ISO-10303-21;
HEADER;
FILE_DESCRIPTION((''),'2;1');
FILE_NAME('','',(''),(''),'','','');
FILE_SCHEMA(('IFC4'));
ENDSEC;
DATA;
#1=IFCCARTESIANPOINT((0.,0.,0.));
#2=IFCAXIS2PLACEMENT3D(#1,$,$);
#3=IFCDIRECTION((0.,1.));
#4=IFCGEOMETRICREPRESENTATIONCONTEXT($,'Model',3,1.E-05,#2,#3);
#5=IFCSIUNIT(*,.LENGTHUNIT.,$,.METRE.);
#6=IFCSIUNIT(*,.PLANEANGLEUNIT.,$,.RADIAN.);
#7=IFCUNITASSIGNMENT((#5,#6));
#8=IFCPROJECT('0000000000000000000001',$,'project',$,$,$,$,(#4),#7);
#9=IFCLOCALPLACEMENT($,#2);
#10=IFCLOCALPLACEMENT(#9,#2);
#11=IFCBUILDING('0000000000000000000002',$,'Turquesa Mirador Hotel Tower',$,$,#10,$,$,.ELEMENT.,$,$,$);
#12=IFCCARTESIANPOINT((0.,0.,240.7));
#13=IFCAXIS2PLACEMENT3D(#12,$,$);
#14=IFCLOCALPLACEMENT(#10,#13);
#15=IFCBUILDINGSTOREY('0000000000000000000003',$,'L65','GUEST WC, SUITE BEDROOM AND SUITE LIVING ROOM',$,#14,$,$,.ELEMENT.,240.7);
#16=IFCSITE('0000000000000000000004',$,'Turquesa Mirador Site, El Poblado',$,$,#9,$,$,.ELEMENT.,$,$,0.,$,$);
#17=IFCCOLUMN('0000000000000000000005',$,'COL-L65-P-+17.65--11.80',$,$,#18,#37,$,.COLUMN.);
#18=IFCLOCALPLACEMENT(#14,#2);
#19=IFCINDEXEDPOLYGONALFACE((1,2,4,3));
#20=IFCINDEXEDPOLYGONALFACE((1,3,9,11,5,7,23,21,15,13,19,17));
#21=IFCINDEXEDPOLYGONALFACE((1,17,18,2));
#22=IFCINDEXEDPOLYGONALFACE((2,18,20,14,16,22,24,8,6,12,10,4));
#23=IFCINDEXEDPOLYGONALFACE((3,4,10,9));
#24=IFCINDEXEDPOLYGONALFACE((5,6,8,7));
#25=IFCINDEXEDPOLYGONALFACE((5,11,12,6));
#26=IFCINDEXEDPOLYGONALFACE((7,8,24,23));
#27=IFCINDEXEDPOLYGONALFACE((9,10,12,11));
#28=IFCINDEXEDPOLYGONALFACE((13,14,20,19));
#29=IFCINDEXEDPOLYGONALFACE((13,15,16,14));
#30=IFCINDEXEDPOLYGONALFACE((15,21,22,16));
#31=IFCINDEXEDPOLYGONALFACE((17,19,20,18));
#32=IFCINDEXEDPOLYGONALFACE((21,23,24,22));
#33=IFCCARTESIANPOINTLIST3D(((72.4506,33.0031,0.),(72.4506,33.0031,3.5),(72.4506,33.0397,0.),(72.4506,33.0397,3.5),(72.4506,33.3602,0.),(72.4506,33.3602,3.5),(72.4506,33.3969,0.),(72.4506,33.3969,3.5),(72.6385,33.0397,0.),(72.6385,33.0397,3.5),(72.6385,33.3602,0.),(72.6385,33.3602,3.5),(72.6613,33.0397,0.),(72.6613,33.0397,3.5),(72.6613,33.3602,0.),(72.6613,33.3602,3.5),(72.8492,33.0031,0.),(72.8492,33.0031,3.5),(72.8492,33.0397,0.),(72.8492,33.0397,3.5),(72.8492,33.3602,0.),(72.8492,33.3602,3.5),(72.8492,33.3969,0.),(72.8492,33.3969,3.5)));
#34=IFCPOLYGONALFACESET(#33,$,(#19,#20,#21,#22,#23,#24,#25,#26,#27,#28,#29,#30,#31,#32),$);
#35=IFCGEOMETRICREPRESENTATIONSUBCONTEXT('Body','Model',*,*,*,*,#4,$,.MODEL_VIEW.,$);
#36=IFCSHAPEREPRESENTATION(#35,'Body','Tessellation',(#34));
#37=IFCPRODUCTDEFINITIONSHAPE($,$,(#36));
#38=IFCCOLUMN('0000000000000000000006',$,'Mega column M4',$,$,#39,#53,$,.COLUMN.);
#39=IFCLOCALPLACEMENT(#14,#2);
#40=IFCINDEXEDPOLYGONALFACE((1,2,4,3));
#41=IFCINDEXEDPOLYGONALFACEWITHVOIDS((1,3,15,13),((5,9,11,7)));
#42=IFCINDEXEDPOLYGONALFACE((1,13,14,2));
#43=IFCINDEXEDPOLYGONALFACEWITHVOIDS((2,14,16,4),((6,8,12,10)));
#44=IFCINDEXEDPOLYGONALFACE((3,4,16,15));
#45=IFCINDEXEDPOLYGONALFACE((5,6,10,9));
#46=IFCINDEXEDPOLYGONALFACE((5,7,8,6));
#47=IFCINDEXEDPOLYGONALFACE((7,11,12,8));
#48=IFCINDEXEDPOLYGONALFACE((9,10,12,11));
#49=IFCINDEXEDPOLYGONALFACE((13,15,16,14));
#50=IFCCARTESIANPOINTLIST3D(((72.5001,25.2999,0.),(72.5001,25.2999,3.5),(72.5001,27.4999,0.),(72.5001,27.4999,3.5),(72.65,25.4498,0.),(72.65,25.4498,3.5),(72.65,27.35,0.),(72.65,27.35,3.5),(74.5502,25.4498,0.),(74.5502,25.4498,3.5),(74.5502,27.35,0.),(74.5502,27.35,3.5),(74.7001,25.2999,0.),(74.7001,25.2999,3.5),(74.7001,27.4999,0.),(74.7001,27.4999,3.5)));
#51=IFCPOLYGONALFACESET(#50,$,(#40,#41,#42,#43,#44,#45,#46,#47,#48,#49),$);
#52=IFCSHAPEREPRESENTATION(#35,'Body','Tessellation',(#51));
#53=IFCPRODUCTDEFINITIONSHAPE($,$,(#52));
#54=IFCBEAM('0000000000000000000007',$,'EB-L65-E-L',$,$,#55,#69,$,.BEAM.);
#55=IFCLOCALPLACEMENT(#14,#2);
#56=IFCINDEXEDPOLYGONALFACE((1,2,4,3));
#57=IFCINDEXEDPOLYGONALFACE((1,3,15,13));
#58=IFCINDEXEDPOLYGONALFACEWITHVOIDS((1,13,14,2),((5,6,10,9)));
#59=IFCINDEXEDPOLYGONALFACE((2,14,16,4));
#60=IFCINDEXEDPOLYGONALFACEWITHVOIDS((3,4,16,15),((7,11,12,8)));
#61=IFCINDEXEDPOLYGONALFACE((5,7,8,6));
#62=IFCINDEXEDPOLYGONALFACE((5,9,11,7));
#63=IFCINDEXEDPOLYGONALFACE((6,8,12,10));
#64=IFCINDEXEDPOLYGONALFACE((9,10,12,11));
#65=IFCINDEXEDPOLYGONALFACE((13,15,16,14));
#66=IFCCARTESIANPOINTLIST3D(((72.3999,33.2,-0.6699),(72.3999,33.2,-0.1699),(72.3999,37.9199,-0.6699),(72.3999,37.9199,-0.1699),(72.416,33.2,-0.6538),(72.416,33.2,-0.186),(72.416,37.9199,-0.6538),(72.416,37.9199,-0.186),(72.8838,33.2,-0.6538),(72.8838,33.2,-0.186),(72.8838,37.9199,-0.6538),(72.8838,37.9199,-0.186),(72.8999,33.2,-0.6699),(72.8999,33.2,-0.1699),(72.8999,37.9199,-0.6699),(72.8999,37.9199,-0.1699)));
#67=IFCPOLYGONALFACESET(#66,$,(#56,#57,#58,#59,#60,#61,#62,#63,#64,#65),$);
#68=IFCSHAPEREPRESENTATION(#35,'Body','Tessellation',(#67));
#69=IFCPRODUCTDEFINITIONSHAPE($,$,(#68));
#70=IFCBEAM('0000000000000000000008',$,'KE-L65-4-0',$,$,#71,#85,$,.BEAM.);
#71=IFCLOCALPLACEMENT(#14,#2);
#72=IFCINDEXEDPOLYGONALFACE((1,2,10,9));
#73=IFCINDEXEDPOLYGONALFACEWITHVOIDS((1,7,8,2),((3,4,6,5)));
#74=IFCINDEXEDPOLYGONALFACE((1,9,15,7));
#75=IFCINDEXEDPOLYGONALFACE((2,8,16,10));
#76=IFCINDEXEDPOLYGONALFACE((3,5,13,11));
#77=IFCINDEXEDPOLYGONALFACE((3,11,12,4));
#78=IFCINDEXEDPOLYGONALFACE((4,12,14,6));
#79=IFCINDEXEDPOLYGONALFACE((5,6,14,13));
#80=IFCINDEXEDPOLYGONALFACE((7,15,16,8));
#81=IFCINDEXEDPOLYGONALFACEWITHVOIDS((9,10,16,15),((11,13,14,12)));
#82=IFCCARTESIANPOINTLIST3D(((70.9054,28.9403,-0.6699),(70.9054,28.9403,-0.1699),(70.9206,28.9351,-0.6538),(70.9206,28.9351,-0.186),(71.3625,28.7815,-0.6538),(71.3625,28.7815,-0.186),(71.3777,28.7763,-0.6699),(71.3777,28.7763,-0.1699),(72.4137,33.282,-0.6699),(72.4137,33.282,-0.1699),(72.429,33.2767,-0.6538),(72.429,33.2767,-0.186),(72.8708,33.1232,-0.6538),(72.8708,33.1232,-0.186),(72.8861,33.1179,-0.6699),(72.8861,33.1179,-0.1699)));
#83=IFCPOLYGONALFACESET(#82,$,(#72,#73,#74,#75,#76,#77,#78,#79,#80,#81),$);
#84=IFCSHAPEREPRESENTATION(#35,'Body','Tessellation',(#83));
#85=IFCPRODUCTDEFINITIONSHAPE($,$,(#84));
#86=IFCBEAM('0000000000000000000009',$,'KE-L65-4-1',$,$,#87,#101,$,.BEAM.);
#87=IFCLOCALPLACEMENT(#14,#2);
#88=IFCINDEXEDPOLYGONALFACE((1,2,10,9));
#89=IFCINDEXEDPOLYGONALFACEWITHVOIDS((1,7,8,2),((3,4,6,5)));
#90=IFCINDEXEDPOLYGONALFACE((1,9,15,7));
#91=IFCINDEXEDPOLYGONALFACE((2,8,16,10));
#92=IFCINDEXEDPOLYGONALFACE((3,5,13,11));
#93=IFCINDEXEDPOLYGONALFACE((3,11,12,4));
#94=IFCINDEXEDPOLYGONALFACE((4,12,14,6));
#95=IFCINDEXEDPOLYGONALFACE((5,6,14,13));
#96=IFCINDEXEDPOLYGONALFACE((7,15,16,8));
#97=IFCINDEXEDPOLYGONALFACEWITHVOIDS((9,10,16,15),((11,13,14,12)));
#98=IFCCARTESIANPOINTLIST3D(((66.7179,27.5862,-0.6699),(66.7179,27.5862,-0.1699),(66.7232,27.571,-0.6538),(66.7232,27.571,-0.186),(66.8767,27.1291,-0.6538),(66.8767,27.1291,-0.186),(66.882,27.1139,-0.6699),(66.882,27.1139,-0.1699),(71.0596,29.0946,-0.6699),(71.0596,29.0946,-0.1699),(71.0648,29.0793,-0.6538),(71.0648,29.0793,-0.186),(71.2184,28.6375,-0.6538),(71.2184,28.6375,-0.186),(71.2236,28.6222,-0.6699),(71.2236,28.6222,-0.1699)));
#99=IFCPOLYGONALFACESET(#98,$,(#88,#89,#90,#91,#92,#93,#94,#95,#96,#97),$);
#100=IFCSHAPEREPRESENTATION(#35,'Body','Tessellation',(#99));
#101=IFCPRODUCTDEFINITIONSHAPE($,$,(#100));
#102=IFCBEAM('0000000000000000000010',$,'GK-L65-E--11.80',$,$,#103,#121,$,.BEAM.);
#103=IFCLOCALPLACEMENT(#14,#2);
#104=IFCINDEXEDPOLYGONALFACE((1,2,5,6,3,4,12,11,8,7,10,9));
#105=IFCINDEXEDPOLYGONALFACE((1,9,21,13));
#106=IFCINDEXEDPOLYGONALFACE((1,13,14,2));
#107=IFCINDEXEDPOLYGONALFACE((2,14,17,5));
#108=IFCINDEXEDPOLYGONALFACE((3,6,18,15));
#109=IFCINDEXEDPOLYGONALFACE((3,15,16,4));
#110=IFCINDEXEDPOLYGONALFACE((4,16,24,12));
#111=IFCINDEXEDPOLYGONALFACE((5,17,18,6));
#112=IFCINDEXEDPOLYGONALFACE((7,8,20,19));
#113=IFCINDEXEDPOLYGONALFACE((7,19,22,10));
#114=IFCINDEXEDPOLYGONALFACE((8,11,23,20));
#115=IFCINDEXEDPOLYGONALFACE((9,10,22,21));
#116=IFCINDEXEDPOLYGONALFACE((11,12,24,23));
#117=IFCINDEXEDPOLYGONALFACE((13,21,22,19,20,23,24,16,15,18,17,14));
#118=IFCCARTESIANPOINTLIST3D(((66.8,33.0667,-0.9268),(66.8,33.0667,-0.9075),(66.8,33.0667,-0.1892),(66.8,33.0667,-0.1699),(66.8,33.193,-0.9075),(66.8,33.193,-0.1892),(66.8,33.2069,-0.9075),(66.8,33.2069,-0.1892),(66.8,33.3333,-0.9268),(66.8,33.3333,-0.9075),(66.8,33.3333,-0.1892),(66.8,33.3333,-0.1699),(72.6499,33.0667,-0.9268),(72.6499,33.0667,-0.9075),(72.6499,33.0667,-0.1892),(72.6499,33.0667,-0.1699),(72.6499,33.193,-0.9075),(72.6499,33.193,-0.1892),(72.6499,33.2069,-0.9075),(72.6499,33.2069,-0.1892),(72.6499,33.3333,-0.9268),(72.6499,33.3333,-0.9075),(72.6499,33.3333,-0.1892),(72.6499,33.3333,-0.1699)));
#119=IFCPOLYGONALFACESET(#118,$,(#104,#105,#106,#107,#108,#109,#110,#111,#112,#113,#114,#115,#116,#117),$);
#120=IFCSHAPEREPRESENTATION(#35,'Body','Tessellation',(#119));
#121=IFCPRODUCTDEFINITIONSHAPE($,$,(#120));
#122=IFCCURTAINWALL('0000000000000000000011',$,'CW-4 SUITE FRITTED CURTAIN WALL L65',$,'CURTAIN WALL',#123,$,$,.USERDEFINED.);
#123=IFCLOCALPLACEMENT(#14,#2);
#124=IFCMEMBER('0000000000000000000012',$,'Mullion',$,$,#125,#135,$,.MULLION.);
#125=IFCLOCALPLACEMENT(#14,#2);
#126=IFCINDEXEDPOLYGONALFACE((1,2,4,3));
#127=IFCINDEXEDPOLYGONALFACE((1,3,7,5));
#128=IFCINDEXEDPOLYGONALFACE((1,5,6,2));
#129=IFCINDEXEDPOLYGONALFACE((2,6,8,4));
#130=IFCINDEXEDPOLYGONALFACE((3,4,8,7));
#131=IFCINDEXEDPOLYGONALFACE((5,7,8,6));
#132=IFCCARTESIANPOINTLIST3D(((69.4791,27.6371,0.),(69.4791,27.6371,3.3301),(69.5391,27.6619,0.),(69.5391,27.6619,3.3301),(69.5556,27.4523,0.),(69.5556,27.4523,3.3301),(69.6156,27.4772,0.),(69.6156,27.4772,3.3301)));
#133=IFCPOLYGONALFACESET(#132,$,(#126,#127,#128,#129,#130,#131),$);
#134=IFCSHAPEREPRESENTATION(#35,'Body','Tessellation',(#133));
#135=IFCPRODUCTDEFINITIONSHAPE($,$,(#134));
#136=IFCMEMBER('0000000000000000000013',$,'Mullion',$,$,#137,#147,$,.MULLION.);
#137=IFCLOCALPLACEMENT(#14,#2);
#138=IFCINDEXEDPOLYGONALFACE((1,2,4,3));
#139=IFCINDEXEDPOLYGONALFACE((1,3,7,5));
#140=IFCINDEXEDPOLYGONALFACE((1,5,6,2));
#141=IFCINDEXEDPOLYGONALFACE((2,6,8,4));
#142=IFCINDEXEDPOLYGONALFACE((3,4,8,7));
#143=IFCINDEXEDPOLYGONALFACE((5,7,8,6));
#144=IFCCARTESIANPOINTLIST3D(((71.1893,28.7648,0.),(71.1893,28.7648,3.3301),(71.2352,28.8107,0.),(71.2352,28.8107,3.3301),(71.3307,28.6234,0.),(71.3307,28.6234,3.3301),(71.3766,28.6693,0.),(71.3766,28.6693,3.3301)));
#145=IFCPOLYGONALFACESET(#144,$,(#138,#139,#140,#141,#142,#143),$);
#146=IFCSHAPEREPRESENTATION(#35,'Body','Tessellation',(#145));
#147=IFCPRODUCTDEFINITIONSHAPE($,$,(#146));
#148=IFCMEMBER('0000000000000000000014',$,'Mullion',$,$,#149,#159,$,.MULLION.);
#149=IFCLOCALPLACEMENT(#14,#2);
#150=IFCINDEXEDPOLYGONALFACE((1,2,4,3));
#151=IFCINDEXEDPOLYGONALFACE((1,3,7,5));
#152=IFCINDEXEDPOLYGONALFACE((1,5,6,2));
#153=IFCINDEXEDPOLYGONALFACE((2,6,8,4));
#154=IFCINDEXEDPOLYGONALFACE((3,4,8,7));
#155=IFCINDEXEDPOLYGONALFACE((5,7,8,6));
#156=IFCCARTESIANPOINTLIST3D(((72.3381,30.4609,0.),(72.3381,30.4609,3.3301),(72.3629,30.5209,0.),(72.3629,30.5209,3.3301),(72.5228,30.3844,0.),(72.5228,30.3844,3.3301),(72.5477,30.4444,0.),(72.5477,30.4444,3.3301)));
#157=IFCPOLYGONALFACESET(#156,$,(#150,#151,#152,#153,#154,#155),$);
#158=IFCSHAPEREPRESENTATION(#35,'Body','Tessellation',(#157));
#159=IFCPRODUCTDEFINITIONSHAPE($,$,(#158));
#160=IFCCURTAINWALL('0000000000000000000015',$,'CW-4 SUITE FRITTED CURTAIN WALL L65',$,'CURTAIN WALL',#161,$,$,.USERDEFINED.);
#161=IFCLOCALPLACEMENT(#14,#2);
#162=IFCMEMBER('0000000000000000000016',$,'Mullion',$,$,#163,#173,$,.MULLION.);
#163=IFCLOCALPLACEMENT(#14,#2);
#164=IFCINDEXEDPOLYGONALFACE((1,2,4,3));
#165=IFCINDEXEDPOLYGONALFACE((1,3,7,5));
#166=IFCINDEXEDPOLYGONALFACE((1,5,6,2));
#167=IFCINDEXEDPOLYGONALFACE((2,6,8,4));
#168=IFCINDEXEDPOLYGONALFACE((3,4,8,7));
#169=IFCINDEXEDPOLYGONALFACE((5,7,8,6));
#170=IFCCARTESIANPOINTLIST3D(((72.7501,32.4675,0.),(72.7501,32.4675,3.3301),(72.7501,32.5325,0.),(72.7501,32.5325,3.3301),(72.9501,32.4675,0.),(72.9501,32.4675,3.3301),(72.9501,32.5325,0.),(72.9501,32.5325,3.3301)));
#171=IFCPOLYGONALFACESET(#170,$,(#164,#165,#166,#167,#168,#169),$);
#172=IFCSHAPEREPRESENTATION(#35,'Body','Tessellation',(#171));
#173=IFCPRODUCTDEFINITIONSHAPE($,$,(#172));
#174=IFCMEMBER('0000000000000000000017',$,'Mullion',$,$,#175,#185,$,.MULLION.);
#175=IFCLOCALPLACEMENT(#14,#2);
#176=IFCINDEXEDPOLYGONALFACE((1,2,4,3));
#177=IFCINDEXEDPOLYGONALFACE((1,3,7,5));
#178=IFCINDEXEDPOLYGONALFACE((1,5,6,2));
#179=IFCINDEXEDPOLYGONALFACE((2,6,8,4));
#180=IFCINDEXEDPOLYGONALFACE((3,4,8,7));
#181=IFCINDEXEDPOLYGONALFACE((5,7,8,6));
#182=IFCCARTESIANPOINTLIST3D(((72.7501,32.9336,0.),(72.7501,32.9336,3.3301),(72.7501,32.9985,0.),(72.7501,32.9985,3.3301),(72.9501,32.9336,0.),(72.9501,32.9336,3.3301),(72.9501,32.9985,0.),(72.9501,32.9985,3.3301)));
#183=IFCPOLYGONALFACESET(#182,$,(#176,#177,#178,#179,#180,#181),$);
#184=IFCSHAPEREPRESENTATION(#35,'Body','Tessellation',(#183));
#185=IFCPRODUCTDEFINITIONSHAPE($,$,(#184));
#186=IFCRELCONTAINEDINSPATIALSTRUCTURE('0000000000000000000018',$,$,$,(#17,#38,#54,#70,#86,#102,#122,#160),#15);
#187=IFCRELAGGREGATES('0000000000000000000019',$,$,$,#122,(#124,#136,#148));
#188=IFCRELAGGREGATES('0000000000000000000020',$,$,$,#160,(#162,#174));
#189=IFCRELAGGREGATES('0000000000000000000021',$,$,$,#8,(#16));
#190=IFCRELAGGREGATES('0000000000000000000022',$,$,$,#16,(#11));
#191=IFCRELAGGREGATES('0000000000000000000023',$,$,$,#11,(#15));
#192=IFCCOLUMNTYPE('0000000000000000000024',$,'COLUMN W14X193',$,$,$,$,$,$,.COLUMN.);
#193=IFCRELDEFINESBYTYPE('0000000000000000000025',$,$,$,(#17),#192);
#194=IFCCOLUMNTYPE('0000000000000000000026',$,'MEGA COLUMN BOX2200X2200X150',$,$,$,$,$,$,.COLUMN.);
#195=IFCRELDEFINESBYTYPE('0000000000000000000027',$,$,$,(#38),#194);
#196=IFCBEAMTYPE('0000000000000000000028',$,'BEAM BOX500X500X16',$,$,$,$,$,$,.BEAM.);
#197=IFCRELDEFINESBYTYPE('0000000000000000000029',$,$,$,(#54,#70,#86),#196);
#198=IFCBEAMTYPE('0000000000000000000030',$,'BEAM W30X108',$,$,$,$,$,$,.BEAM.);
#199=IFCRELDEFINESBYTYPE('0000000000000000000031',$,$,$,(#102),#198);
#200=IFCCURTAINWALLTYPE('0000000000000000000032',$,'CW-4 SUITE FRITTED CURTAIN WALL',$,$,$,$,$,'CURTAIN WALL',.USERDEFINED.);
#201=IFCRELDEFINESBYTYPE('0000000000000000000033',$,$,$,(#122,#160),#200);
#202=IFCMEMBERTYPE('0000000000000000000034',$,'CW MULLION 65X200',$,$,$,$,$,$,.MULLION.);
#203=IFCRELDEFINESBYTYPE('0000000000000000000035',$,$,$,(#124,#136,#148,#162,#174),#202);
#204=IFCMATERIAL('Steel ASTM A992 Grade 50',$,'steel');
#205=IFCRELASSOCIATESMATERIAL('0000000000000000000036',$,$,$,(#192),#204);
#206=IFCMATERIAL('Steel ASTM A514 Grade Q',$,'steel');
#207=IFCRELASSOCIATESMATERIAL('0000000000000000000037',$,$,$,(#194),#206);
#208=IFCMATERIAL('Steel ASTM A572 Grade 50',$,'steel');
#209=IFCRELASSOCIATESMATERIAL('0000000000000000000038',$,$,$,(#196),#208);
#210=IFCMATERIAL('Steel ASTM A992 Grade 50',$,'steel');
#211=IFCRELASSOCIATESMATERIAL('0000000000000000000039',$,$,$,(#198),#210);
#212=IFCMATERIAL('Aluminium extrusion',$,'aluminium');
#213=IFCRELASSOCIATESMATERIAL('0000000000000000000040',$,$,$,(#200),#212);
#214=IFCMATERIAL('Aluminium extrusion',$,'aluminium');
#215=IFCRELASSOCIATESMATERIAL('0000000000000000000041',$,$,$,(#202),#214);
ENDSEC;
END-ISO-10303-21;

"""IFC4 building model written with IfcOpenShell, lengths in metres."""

from ifc_helpers import new_model, si_unit, direction, frame, origin, origin_2d, place, context, subcontext, project, spatial, rectangle, hollow_rectangle, i_section, extrude, material, material_profile, profile_set, type_object, element, aggregate, save


model = new_model("IFC4")

# Units and contexts
model_context = context("Model", 3, precision=1e-05, world=origin(), true_north=direction((0.0, 1.0)))
body_context = subcontext(model_context, "Body", "Model", "MODEL_VIEW")
ifc_project = project(units=[si_unit("LENGTHUNIT", "METRE"), si_unit("PLANEANGLEUNIT", "RADIAN")], contexts=[model_context])

# Site, building, storey
site_placement = place(None, origin())
site = spatial("IfcSite", under=ifc_project, at=site_placement, Name="Turquesa Mirador Site, El Poblado", CompositionType="ELEMENT", RefElevation=0.0)
building_placement = place(site_placement, origin())
building = spatial("IfcBuilding", under=site, at=building_placement, Name="Turquesa Mirador Hotel Tower", CompositionType="ELEMENT")
storey_placement = place(building_placement, frame((0.0, 0.0, 240.7)))
storey = spatial("IfcBuildingStorey", under=building, at=storey_placement, Name="L65", Description="GUEST WC, SUITE BEDROOM AND SUITE LIVING ROOM", CompositionType="ELEMENT", Elevation=240.7)

# Columns
ifc_material_1 = material(Name="Steel ASTM A992 Grade 50", Category="steel")
ifc_material_profile_1 = material_profile(ifc_material_1, i_section(OverallWidth=0.3987, OverallDepth=0.3938, WebThickness=0.0227, FlangeThickness=0.0366, at=origin_2d()), Name="W14X193")
ifc_profile_set_1 = profile_set([ifc_material_profile_1], Name="Steel ASTM A992 Grade 50")
column_type_1 = type_object("IfcColumnType", Name="COLUMN W14X193", PredefinedType="COLUMN", material=ifc_profile_set_1)
column_1_placement = place(storey_placement, frame((72.6499, 33.2, 0.0), z_axis=(0.0, 0.0, 1.0), x_axis=(1.0, 0.0, 0.0)))
element("IfcColumn", 1, at=column_1_placement, inside=storey, type_object=column_type_1, Name="COL-L65-P-+17.65--11.80", PredefinedType="COLUMN", context=body_context, shape_type="SweptSolid", body=[
    extrude(i_section(OverallWidth=0.3987, OverallDepth=0.3938, WebThickness=0.0227, FlangeThickness=0.0366, at=origin_2d()), origin(), (0.0, 0.0, 1.0), 3.5),
])
ifc_material_2 = material(Name="Steel ASTM A514 Grade Q", Category="steel")
ifc_material_profile_2 = material_profile(ifc_material_2, hollow_rectangle(XDim=2.2, YDim=2.2, WallThickness=0.1499, at=origin_2d()), Name="BOX2200X2200X150")
ifc_profile_set_2 = profile_set([ifc_material_profile_2], Name="Steel ASTM A514 Grade Q")
column_type_2 = type_object("IfcColumnType", Name="MEGA COLUMN BOX2200X2200X150", PredefinedType="COLUMN", material=ifc_profile_set_2)
column_2_placement = place(storey_placement, frame((73.6001, 26.3999, 0.0), z_axis=(0.0, 0.0, 1.0), x_axis=(1.0, 0.0, 0.0)))
element("IfcColumn", 2, at=column_2_placement, inside=storey, type_object=column_type_2, Name="Mega column M4", PredefinedType="COLUMN", context=body_context, shape_type="SweptSolid", body=[
    extrude(hollow_rectangle(XDim=2.2, YDim=2.2, WallThickness=0.1499, at=origin_2d()), origin(), (0.0, 0.0, 1.0), 3.5),
])

# Beams
ifc_material_3 = material(Name="Steel ASTM A572 Grade 50", Category="steel")
ifc_material_profile_3 = material_profile(ifc_material_3, hollow_rectangle(XDim=0.5, YDim=0.5, WallThickness=0.0161, at=origin_2d()), Name="BOX500X500X16")
ifc_profile_set_3 = profile_set([ifc_material_profile_3], Name="Steel ASTM A572 Grade 50")
beam_type_1 = type_object("IfcBeamType", Name="BEAM BOX500X500X16", PredefinedType="BEAM", material=ifc_profile_set_3)
beam_1_placement = place(storey_placement, frame((72.6499, 33.2, -0.4199), z_axis=(0.0, 1.0, 0.0), x_axis=(-1.0, 0.0, 0.0)))
element("IfcBeam", 3, at=beam_1_placement, inside=storey, type_object=beam_type_1, Name="EB-L65-E-L", PredefinedType="BEAM", context=body_context, shape_type="SweptSolid", body=[
    extrude(hollow_rectangle(XDim=0.5, YDim=0.5, WallThickness=0.0161, at=origin_2d()), origin(), (0.0, 0.0, 1.0), 4.72),
])
for number, where, z_axis, x_axis, name in (
    (4, (72.6499, 33.2, -0.4199), (-0.32817, -0.944619, 0.0), (0.944619, -0.32817, 0.0), "KE-L65-4-0"),
    (5, (71.1416, 28.8584, -0.4199), (-0.944619, -0.32817, 0.0), (0.32817, -0.944619, 0.0), "KE-L65-4-1"),
):
    element("IfcBeam", number, at=place(storey_placement, frame(where, z_axis=z_axis, x_axis=x_axis)), inside=storey, type_object=beam_type_1, Name=name, PredefinedType="BEAM", context=body_context, shape_type="SweptSolid", body=[
        extrude(hollow_rectangle(XDim=0.5, YDim=0.5, WallThickness=0.0161, at=origin_2d()), origin(), (0.0, 0.0, 1.0), 4.5962),
    ])
ifc_material_4 = material(Name="Steel ASTM A992 Grade 50", Category="steel")
ifc_material_profile_4 = material_profile(ifc_material_4, i_section(OverallWidth=0.2666, OverallDepth=0.7568, WebThickness=0.0139, FlangeThickness=0.0193, at=origin_2d()), Name="W30X108")
ifc_profile_set_4 = profile_set([ifc_material_profile_4], Name="Steel ASTM A992 Grade 50")
beam_type_2 = type_object("IfcBeamType", Name="BEAM W30X108", PredefinedType="BEAM", material=ifc_profile_set_4)
beam_2_placement = place(storey_placement, frame((72.6499, 33.2, -0.5483), z_axis=(-1.0, 0.0, 0.0), x_axis=(0.0, -1.0, 0.0)))
element("IfcBeam", 6, at=beam_2_placement, inside=storey, type_object=beam_type_2, Name="GK-L65-E--11.80", PredefinedType="BEAM", context=body_context, shape_type="SweptSolid", body=[
    extrude(i_section(OverallWidth=0.2666, OverallDepth=0.7568, WebThickness=0.0139, FlangeThickness=0.0193, at=origin_2d()), origin(), (0.0, 0.0, 1.0), 5.8499),
])

# Curtain walls, members
ifc_material_5 = material(Name="Aluminium extrusion", Category="aluminium")
curtain_wall_type = type_object("IfcCurtainWallType", Name="CW-4 SUITE FRITTED CURTAIN WALL", ElementType="CURTAIN WALL", PredefinedType="USERDEFINED", material=ifc_material_5)
curtain_wall_1_placement = place(storey_placement, origin())
curtain_wall_1 = element("IfcCurtainWall", 7, at=curtain_wall_1_placement, inside=storey, type_object=curtain_wall_type, Name="CW-4 SUITE FRITTED CURTAIN WALL L65", ObjectType="CURTAIN WALL", PredefinedType="USERDEFINED")
ifc_material_6 = material(Name="Aluminium extrusion", Category="aluminium")
ifc_material_profile_5 = material_profile(ifc_material_6, rectangle(XDim=0.0649, YDim=0.2, at=origin_2d()), Name="MULLION 65X200")
ifc_profile_set_5 = profile_set([ifc_material_profile_5], Name="Aluminium extrusion")
member_type_1 = type_object("IfcMemberType", Name="CW MULLION 65X200", PredefinedType="MULLION", material=ifc_profile_set_5)
member_1_placement = place(storey_placement, frame((69.5474, 27.5571, 0.0), z_axis=(0.0, 0.0, 1.0), x_axis=(0.92388, 0.382683, 0.0)))
member_1 = element("IfcMember", 8, at=member_1_placement, type_object=member_type_1, Name="Mullion", PredefinedType="MULLION", context=body_context, shape_type="SweptSolid", body=[
    extrude(rectangle(XDim=0.0649, YDim=0.2, at=origin_2d()), origin(), (0.0, 0.0, 1.0), 3.3301),
])
member_2_placement = place(storey_placement, frame((71.283, 28.717, 0.0), z_axis=(0.0, 0.0, 1.0), x_axis=(0.707107, 0.707107, 0.0)))
member_2 = element("IfcMember", 9, at=member_2_placement, type_object=member_type_1, Name="Mullion", PredefinedType="MULLION", context=body_context, shape_type="SweptSolid", body=[
    extrude(rectangle(XDim=0.0649, YDim=0.2, at=origin_2d()), origin(), (0.0, 0.0, 1.0), 3.3301),
])
member_3_placement = place(storey_placement, frame((72.4429, 30.4526, 0.0), z_axis=(0.0, 0.0, 1.0), x_axis=(0.382683, 0.92388, 0.0)))
member_3 = element("IfcMember", 10, at=member_3_placement, type_object=member_type_1, Name="Mullion", PredefinedType="MULLION", context=body_context, shape_type="SweptSolid", body=[
    extrude(rectangle(XDim=0.0649, YDim=0.2, at=origin_2d()), origin(), (0.0, 0.0, 1.0), 3.3301),
])
curtain_wall_2_placement = place(storey_placement, origin())
curtain_wall_2 = element("IfcCurtainWall", 11, at=curtain_wall_2_placement, inside=storey, type_object=curtain_wall_type, Name="CW-4 SUITE FRITTED CURTAIN WALL L65", ObjectType="CURTAIN WALL", PredefinedType="USERDEFINED")
member_4_placement = place(storey_placement, frame((72.8501, 32.5, 0.0), z_axis=(0.0, 0.0, 1.0), x_axis=(0.0, 1.0, 0.0)))
member_4 = element("IfcMember", 12, at=member_4_placement, type_object=member_type_1, Name="Mullion", PredefinedType="MULLION", context=body_context, shape_type="SweptSolid", body=[
    extrude(rectangle(XDim=0.0649, YDim=0.2, at=origin_2d()), origin(), (0.0, 0.0, 1.0), 3.3301),
])
member_5_placement = place(storey_placement, frame((72.8501, 32.9661, 0.0), z_axis=(0.0, 0.0, 1.0), x_axis=(0.0, 1.0, 0.0)))
member_5 = element("IfcMember", 13, at=member_5_placement, type_object=member_type_1, Name="Mullion", PredefinedType="MULLION", context=body_context, shape_type="SweptSolid", body=[
    extrude(rectangle(XDim=0.0649, YDim=0.2, at=origin_2d()), origin(), (0.0, 0.0, 1.0), 3.3301),
])

aggregate(curtain_wall_1, [member_1, member_2, member_3])
aggregate(curtain_wall_2, [member_4, member_5])

save(model, "model.ifc")
